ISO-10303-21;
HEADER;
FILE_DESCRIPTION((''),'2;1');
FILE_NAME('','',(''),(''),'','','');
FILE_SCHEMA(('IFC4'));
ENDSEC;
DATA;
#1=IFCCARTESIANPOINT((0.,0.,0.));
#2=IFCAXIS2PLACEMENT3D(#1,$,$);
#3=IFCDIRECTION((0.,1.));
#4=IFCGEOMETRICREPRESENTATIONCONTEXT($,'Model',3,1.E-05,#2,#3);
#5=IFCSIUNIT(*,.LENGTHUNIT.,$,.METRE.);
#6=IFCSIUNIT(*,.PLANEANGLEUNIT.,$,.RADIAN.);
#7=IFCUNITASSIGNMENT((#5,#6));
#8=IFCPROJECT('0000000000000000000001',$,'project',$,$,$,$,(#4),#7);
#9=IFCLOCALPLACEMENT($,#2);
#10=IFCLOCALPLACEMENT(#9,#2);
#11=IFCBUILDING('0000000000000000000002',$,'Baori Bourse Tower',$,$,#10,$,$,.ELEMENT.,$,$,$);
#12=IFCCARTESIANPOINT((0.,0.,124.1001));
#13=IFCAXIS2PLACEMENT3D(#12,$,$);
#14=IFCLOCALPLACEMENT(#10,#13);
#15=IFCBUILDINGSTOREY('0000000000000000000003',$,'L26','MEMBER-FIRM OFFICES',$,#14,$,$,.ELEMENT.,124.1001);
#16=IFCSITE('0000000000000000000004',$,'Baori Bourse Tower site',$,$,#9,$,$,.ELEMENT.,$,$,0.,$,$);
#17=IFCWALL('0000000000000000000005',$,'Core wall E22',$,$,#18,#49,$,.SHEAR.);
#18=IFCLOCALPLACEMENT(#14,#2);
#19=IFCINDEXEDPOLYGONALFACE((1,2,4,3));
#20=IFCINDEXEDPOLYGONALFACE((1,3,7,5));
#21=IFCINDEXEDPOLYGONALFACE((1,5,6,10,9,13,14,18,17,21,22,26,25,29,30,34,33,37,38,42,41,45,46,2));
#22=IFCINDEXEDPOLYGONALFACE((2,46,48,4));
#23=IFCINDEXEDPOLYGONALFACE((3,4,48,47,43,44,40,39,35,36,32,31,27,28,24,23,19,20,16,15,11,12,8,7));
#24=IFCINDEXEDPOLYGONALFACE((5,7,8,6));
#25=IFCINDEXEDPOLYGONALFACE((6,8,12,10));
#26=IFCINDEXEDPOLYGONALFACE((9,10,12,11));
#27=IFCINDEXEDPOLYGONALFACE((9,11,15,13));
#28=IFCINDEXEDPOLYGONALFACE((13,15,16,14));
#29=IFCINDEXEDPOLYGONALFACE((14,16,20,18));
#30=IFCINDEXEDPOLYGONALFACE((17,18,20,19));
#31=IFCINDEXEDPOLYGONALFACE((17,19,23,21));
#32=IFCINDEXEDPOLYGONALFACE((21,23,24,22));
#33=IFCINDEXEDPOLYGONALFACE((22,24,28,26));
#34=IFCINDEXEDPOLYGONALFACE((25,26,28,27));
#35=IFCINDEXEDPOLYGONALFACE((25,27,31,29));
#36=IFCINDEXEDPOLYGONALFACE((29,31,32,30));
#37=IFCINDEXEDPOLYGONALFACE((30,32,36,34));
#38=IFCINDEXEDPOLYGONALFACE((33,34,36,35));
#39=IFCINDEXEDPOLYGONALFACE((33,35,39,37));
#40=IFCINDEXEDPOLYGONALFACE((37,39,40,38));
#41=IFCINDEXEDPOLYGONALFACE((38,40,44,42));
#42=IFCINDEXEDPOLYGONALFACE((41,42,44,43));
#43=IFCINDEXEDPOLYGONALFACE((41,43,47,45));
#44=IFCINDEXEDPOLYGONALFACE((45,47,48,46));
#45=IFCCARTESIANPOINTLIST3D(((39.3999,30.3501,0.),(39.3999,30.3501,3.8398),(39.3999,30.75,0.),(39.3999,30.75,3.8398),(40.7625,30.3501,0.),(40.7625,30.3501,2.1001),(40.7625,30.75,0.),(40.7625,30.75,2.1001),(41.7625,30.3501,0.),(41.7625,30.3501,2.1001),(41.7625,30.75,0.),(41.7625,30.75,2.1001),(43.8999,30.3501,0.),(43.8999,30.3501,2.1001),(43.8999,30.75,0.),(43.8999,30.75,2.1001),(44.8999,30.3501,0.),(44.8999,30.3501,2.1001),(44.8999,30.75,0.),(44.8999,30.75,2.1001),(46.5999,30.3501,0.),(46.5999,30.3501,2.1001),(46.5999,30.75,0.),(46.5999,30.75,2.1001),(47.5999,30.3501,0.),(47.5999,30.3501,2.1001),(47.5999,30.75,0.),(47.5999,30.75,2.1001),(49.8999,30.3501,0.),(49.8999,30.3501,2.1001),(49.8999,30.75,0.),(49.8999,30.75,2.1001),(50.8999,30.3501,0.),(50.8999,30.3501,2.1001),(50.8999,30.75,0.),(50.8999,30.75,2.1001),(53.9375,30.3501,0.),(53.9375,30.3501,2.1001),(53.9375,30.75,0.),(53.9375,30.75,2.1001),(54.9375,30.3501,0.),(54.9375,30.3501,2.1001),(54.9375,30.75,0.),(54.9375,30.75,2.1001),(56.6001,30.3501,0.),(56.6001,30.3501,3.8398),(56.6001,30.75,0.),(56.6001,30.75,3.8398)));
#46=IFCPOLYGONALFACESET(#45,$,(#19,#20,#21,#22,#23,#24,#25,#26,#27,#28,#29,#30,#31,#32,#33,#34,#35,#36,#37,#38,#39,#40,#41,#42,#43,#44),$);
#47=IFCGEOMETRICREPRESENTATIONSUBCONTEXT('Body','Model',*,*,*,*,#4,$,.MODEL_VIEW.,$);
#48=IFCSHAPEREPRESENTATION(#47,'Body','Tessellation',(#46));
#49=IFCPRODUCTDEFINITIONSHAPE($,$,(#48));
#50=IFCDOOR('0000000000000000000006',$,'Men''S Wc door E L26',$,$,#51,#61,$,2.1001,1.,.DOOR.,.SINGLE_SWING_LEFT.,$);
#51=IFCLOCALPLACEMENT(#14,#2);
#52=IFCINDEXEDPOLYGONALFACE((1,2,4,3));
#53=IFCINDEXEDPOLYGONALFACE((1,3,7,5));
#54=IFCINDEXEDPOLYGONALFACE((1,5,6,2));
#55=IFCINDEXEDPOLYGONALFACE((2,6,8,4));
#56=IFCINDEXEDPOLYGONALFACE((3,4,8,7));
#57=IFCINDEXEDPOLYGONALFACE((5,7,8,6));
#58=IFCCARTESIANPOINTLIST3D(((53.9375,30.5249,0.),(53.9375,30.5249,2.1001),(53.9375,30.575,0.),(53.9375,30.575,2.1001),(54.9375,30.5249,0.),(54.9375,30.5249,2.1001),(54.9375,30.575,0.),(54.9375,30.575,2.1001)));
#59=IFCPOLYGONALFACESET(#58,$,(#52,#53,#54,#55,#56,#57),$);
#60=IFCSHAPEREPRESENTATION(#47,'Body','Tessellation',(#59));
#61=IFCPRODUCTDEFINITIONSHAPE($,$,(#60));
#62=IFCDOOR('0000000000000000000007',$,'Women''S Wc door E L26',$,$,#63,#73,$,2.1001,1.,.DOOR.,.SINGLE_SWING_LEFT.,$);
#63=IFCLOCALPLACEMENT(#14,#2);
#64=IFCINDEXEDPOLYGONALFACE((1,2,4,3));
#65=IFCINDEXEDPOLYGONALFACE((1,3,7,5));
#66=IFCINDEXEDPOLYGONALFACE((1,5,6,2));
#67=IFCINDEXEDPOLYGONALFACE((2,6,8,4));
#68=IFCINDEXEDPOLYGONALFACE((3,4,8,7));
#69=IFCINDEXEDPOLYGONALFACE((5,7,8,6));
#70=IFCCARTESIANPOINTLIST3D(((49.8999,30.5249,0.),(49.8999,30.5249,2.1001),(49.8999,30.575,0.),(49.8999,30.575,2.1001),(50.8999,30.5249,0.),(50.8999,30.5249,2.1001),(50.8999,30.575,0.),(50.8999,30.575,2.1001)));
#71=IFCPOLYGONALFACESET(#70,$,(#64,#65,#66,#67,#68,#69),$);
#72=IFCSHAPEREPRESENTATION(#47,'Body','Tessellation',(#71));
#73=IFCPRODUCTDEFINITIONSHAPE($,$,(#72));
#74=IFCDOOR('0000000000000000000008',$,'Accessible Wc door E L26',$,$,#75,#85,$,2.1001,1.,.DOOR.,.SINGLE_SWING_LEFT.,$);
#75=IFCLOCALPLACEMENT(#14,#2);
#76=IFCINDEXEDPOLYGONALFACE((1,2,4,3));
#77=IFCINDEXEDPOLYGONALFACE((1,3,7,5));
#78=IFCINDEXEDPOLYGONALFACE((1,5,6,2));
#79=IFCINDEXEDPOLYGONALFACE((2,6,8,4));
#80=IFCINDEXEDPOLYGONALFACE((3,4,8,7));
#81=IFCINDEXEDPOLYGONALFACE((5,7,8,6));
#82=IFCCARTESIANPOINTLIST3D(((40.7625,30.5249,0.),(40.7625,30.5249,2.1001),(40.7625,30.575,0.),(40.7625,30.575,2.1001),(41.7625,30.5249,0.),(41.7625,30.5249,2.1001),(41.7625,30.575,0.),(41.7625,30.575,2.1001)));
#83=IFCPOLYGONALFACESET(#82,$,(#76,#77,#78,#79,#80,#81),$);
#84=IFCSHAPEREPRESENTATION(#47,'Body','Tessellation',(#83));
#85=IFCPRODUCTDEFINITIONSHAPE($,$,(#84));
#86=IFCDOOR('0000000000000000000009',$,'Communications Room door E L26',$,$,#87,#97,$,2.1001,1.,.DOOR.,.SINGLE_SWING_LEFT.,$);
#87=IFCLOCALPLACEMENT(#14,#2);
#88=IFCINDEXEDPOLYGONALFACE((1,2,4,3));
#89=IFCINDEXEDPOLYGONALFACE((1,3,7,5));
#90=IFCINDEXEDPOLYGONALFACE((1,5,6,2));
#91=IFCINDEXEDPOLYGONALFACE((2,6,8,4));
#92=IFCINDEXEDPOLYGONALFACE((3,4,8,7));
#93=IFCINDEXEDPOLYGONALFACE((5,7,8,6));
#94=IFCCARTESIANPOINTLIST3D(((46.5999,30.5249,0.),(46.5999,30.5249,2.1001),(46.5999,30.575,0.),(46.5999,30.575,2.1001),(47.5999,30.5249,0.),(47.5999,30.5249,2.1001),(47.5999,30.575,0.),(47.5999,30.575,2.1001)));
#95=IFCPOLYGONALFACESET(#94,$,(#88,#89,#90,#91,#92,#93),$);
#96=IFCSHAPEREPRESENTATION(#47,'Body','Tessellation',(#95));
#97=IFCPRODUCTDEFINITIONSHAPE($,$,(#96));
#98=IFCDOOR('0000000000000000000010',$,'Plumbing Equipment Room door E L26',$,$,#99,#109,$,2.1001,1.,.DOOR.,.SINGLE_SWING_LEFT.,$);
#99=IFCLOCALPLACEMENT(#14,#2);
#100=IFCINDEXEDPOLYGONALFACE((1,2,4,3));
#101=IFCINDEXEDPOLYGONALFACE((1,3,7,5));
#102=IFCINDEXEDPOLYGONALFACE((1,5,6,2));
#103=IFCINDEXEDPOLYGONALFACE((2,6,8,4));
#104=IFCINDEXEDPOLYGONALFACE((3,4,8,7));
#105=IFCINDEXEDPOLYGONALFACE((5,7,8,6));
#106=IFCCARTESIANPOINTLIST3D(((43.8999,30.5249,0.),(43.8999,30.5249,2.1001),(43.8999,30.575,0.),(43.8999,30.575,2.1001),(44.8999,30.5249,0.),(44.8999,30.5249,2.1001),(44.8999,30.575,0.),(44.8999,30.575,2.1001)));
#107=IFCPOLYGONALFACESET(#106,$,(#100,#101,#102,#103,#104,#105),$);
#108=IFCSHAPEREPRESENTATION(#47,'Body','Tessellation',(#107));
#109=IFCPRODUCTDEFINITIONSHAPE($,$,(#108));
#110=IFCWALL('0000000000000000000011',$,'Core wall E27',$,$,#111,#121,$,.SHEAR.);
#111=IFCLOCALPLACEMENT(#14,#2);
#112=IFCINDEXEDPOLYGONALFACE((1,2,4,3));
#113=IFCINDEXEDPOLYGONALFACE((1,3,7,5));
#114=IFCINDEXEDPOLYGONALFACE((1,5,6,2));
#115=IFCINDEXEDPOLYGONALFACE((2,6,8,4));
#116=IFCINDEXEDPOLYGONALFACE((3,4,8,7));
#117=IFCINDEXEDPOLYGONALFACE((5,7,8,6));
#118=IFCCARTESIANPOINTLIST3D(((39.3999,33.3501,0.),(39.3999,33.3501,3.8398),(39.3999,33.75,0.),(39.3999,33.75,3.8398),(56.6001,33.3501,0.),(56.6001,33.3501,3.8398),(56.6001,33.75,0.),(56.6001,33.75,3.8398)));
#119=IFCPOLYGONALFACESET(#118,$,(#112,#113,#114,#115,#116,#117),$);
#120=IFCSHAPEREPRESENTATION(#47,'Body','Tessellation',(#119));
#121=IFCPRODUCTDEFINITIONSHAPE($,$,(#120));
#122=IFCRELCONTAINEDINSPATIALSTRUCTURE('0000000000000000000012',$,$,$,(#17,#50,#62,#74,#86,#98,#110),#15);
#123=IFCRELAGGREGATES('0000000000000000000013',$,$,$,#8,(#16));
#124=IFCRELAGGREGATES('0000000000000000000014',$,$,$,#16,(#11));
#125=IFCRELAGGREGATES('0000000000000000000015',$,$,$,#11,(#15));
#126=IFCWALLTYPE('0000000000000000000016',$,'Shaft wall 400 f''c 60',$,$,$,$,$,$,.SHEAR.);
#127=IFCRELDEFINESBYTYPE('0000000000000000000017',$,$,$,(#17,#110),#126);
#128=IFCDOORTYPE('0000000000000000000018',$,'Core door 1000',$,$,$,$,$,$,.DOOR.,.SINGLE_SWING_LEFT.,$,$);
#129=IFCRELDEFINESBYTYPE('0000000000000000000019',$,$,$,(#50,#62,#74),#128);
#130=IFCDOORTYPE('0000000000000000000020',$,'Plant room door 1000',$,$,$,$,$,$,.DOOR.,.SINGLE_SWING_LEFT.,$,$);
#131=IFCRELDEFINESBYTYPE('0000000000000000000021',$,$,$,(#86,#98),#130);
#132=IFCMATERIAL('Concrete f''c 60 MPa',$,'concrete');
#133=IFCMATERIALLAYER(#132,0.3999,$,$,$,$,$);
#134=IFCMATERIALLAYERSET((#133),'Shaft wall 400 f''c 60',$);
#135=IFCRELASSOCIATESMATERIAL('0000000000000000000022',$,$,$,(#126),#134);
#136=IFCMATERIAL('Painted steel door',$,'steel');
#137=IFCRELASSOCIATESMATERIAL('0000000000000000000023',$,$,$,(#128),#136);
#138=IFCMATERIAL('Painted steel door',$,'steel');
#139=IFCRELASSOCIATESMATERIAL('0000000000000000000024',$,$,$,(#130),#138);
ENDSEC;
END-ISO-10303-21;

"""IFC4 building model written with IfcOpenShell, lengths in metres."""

from ifc_helpers import new_model, si_unit, direction, frame, frame_2d, origin, place, context, subcontext, project, spatial, rectangle, extrude, material, layer, layer_set, type_object, element, fill, save


model = new_model("IFC4")

# Units and contexts
model_context = context("Model", 3, precision=1e-05, world=origin(), true_north=direction((0.0, 1.0)))
body_context = subcontext(model_context, "Body", "Model", "MODEL_VIEW")
ifc_project = project(units=[si_unit("LENGTHUNIT", "METRE"), si_unit("PLANEANGLEUNIT", "RADIAN")], contexts=[model_context])

# Site, building, storey
site_placement = place(None, origin())
site = spatial("IfcSite", under=ifc_project, at=site_placement, Name="Baori Bourse Tower site", CompositionType="ELEMENT", RefElevation=0.0)
building_placement = place(site_placement, origin())
building = spatial("IfcBuilding", under=site, at=building_placement, Name="Baori Bourse Tower", CompositionType="ELEMENT")
storey_placement = place(building_placement, frame((0.0, 0.0, 124.1001)))
storey = spatial("IfcBuildingStorey", under=building, at=storey_placement, Name="L26", Description="MEMBER-FIRM OFFICES", CompositionType="ELEMENT", Elevation=124.1001)

# Wall, openings, doors
ifc_material_1 = material(Name="Concrete f'c 60 MPa", Category="concrete")
ifc_layer_1 = layer(ifc_material_1, 0.3999)
ifc_layer_set_1 = layer_set([ifc_layer_1], Name="Shaft wall 400 f'c 60")
wall_type_1 = type_object("IfcWallType", Name="Shaft wall 400 f'c 60", PredefinedType="SHEAR", material=ifc_layer_set_1)
wall_1_placement = place(storey_placement, frame((39.3999, 30.55, 0.0), z_axis=(0.0, 0.0, 1.0), x_axis=(1.0, 0.0, 0.0)))
wall_1 = element("IfcWall", 1, at=wall_1_placement, inside=storey, type_object=wall_type_1, Name="Core wall E22", PredefinedType="SHEAR", context=body_context, shape_type="SweptSolid", body=[
    extrude(rectangle(XDim=17.2002, YDim=0.3999, at=frame_2d((8.6001, 0.0))), origin(), (0.0, 0.0, 1.0), 3.8398),
])
opening_1_placement = place(wall_1_placement, frame((14.5376, 0.0, 0.0)))
opening_1 = element("IfcOpeningElement", 2, at=opening_1_placement, cuts=wall_1, PredefinedType="OPENING", context=body_context, shape_type="SweptSolid", body=[
    extrude(rectangle(XDim=1.0, YDim=2.1001, at=frame_2d((0.5, 1.05))), frame((0.0, 0.21, 0.0), z_axis=(0.0, -1.0, 0.0), x_axis=(1.0, 0.0, 0.0)), (0.0, 0.0, 1.0), 0.4199),
])
opening_2_placement = place(wall_1_placement, frame((10.5, 0.0, 0.0)))
opening_2 = element("IfcOpeningElement", 3, at=opening_2_placement, cuts=wall_1, PredefinedType="OPENING", context=body_context, shape_type="SweptSolid", body=[
    extrude(rectangle(XDim=1.0, YDim=2.1001, at=frame_2d((0.5, 1.05))), frame((0.0, 0.21, 0.0), z_axis=(0.0, -1.0, 0.0), x_axis=(1.0, 0.0, 0.0)), (0.0, 0.0, 1.0), 0.4199),
])
opening_3_placement = place(wall_1_placement, frame((7.2, 0.0, 0.0)))
opening_3 = element("IfcOpeningElement", 4, at=opening_3_placement, cuts=wall_1, PredefinedType="OPENING", context=body_context, shape_type="SweptSolid", body=[
    extrude(rectangle(XDim=1.0, YDim=2.1001, at=frame_2d((0.5, 1.05))), frame((0.0, 0.21, 0.0), z_axis=(0.0, -1.0, 0.0), x_axis=(1.0, 0.0, 0.0)), (0.0, 0.0, 1.0), 0.4199),
])
opening_4_placement = place(wall_1_placement, frame((4.5, 0.0, 0.0)))
opening_4 = element("IfcOpeningElement", 5, at=opening_4_placement, cuts=wall_1, PredefinedType="OPENING", context=body_context, shape_type="SweptSolid", body=[
    extrude(rectangle(XDim=1.0, YDim=2.1001, at=frame_2d((0.5, 1.05))), frame((0.0, 0.21, 0.0), z_axis=(0.0, -1.0, 0.0), x_axis=(1.0, 0.0, 0.0)), (0.0, 0.0, 1.0), 0.4199),
])
opening_5_placement = place(wall_1_placement, frame((1.3625, 0.0, 0.0)))
opening_5 = element("IfcOpeningElement", 6, at=opening_5_placement, cuts=wall_1, PredefinedType="OPENING", context=body_context, shape_type="SweptSolid", body=[
    extrude(rectangle(XDim=1.0, YDim=2.1001, at=frame_2d((0.5, 1.05))), frame((0.0, 0.21, 0.0), z_axis=(0.0, -1.0, 0.0), x_axis=(1.0, 0.0, 0.0)), (0.0, 0.0, 1.0), 0.4199),
])
ifc_material_2 = material(Name="Painted steel door", Category="steel")
door_type_1 = type_object("IfcDoorType", Name="Core door 1000", OperationType="SINGLE_SWING_LEFT", PredefinedType="DOOR", material=ifc_material_2)
door_1_placement = place(opening_1_placement, origin())
door_1 = element("IfcDoor", 7, at=door_1_placement, inside=storey, type_object=door_type_1, Name="Men'S Wc door E L26", OperationType="SINGLE_SWING_LEFT", OverallHeight=2.1001, OverallWidth=1.0, PredefinedType="DOOR", context=body_context, shape_type="SweptSolid", body=[
    extrude(rectangle(XDim=1.0, YDim=2.1001, at=frame_2d((0.5, 1.05))), frame((0.0, 0.0249, 0.0), z_axis=(0.0, -1.0, 0.0), x_axis=(1.0, 0.0, 0.0)), (0.0, 0.0, 1.0), 0.05),
])
fill(opening_1, door_1)
door_2_placement = place(opening_2_placement, origin())
door_2 = element("IfcDoor", 8, at=door_2_placement, inside=storey, type_object=door_type_1, Name="Women'S Wc door E L26", OperationType="SINGLE_SWING_LEFT", OverallHeight=2.1001, OverallWidth=1.0, PredefinedType="DOOR", context=body_context, shape_type="SweptSolid", body=[
    extrude(rectangle(XDim=1.0, YDim=2.1001, at=frame_2d((0.5, 1.05))), frame((0.0, 0.0249, 0.0), z_axis=(0.0, -1.0, 0.0), x_axis=(1.0, 0.0, 0.0)), (0.0, 0.0, 1.0), 0.05),
])
fill(opening_2, door_2)
door_3_placement = place(opening_5_placement, origin())
door_3 = element("IfcDoor", 9, at=door_3_placement, inside=storey, type_object=door_type_1, Name="Accessible Wc door E L26", OperationType="SINGLE_SWING_LEFT", OverallHeight=2.1001, OverallWidth=1.0, PredefinedType="DOOR", context=body_context, shape_type="SweptSolid", body=[
    extrude(rectangle(XDim=1.0, YDim=2.1001, at=frame_2d((0.5, 1.05))), frame((0.0, 0.0249, 0.0), z_axis=(0.0, -1.0, 0.0), x_axis=(1.0, 0.0, 0.0)), (0.0, 0.0, 1.0), 0.05),
])
fill(opening_5, door_3)
ifc_material_3 = material(Name="Painted steel door", Category="steel")
door_type_2 = type_object("IfcDoorType", Name="Plant room door 1000", OperationType="SINGLE_SWING_LEFT", PredefinedType="DOOR", material=ifc_material_3)
door_4_placement = place(opening_3_placement, origin())
door_4 = element("IfcDoor", 10, at=door_4_placement, inside=storey, type_object=door_type_2, Name="Communications Room door E L26", OperationType="SINGLE_SWING_LEFT", OverallHeight=2.1001, OverallWidth=1.0, PredefinedType="DOOR", context=body_context, shape_type="SweptSolid", body=[
    extrude(rectangle(XDim=1.0, YDim=2.1001, at=frame_2d((0.5, 1.05))), frame((0.0, 0.0249, 0.0), z_axis=(0.0, -1.0, 0.0), x_axis=(1.0, 0.0, 0.0)), (0.0, 0.0, 1.0), 0.05),
])
fill(opening_3, door_4)
door_5_placement = place(opening_4_placement, origin())
door_5 = element("IfcDoor", 11, at=door_5_placement, inside=storey, type_object=door_type_2, Name="Plumbing Equipment Room door E L26", OperationType="SINGLE_SWING_LEFT", OverallHeight=2.1001, OverallWidth=1.0, PredefinedType="DOOR", context=body_context, shape_type="SweptSolid", body=[
    extrude(rectangle(XDim=1.0, YDim=2.1001, at=frame_2d((0.5, 1.05))), frame((0.0, 0.0249, 0.0), z_axis=(0.0, -1.0, 0.0), x_axis=(1.0, 0.0, 0.0)), (0.0, 0.0, 1.0), 0.05),
])
fill(opening_4, door_5)

# Wall
wall_2_placement = place(storey_placement, frame((39.3999, 33.55, 0.0), z_axis=(0.0, 0.0, 1.0), x_axis=(1.0, 0.0, 0.0)))
element("IfcWall", 12, at=wall_2_placement, inside=storey, type_object=wall_type_1, Name="Core wall E27", PredefinedType="SHEAR", context=body_context, shape_type="SweptSolid", body=[
    extrude(rectangle(XDim=17.2002, YDim=0.3999, at=frame_2d((8.6001, 0.0))), origin(), (0.0, 0.0, 1.0), 3.8398),
])

save(model, "model.ifc")
